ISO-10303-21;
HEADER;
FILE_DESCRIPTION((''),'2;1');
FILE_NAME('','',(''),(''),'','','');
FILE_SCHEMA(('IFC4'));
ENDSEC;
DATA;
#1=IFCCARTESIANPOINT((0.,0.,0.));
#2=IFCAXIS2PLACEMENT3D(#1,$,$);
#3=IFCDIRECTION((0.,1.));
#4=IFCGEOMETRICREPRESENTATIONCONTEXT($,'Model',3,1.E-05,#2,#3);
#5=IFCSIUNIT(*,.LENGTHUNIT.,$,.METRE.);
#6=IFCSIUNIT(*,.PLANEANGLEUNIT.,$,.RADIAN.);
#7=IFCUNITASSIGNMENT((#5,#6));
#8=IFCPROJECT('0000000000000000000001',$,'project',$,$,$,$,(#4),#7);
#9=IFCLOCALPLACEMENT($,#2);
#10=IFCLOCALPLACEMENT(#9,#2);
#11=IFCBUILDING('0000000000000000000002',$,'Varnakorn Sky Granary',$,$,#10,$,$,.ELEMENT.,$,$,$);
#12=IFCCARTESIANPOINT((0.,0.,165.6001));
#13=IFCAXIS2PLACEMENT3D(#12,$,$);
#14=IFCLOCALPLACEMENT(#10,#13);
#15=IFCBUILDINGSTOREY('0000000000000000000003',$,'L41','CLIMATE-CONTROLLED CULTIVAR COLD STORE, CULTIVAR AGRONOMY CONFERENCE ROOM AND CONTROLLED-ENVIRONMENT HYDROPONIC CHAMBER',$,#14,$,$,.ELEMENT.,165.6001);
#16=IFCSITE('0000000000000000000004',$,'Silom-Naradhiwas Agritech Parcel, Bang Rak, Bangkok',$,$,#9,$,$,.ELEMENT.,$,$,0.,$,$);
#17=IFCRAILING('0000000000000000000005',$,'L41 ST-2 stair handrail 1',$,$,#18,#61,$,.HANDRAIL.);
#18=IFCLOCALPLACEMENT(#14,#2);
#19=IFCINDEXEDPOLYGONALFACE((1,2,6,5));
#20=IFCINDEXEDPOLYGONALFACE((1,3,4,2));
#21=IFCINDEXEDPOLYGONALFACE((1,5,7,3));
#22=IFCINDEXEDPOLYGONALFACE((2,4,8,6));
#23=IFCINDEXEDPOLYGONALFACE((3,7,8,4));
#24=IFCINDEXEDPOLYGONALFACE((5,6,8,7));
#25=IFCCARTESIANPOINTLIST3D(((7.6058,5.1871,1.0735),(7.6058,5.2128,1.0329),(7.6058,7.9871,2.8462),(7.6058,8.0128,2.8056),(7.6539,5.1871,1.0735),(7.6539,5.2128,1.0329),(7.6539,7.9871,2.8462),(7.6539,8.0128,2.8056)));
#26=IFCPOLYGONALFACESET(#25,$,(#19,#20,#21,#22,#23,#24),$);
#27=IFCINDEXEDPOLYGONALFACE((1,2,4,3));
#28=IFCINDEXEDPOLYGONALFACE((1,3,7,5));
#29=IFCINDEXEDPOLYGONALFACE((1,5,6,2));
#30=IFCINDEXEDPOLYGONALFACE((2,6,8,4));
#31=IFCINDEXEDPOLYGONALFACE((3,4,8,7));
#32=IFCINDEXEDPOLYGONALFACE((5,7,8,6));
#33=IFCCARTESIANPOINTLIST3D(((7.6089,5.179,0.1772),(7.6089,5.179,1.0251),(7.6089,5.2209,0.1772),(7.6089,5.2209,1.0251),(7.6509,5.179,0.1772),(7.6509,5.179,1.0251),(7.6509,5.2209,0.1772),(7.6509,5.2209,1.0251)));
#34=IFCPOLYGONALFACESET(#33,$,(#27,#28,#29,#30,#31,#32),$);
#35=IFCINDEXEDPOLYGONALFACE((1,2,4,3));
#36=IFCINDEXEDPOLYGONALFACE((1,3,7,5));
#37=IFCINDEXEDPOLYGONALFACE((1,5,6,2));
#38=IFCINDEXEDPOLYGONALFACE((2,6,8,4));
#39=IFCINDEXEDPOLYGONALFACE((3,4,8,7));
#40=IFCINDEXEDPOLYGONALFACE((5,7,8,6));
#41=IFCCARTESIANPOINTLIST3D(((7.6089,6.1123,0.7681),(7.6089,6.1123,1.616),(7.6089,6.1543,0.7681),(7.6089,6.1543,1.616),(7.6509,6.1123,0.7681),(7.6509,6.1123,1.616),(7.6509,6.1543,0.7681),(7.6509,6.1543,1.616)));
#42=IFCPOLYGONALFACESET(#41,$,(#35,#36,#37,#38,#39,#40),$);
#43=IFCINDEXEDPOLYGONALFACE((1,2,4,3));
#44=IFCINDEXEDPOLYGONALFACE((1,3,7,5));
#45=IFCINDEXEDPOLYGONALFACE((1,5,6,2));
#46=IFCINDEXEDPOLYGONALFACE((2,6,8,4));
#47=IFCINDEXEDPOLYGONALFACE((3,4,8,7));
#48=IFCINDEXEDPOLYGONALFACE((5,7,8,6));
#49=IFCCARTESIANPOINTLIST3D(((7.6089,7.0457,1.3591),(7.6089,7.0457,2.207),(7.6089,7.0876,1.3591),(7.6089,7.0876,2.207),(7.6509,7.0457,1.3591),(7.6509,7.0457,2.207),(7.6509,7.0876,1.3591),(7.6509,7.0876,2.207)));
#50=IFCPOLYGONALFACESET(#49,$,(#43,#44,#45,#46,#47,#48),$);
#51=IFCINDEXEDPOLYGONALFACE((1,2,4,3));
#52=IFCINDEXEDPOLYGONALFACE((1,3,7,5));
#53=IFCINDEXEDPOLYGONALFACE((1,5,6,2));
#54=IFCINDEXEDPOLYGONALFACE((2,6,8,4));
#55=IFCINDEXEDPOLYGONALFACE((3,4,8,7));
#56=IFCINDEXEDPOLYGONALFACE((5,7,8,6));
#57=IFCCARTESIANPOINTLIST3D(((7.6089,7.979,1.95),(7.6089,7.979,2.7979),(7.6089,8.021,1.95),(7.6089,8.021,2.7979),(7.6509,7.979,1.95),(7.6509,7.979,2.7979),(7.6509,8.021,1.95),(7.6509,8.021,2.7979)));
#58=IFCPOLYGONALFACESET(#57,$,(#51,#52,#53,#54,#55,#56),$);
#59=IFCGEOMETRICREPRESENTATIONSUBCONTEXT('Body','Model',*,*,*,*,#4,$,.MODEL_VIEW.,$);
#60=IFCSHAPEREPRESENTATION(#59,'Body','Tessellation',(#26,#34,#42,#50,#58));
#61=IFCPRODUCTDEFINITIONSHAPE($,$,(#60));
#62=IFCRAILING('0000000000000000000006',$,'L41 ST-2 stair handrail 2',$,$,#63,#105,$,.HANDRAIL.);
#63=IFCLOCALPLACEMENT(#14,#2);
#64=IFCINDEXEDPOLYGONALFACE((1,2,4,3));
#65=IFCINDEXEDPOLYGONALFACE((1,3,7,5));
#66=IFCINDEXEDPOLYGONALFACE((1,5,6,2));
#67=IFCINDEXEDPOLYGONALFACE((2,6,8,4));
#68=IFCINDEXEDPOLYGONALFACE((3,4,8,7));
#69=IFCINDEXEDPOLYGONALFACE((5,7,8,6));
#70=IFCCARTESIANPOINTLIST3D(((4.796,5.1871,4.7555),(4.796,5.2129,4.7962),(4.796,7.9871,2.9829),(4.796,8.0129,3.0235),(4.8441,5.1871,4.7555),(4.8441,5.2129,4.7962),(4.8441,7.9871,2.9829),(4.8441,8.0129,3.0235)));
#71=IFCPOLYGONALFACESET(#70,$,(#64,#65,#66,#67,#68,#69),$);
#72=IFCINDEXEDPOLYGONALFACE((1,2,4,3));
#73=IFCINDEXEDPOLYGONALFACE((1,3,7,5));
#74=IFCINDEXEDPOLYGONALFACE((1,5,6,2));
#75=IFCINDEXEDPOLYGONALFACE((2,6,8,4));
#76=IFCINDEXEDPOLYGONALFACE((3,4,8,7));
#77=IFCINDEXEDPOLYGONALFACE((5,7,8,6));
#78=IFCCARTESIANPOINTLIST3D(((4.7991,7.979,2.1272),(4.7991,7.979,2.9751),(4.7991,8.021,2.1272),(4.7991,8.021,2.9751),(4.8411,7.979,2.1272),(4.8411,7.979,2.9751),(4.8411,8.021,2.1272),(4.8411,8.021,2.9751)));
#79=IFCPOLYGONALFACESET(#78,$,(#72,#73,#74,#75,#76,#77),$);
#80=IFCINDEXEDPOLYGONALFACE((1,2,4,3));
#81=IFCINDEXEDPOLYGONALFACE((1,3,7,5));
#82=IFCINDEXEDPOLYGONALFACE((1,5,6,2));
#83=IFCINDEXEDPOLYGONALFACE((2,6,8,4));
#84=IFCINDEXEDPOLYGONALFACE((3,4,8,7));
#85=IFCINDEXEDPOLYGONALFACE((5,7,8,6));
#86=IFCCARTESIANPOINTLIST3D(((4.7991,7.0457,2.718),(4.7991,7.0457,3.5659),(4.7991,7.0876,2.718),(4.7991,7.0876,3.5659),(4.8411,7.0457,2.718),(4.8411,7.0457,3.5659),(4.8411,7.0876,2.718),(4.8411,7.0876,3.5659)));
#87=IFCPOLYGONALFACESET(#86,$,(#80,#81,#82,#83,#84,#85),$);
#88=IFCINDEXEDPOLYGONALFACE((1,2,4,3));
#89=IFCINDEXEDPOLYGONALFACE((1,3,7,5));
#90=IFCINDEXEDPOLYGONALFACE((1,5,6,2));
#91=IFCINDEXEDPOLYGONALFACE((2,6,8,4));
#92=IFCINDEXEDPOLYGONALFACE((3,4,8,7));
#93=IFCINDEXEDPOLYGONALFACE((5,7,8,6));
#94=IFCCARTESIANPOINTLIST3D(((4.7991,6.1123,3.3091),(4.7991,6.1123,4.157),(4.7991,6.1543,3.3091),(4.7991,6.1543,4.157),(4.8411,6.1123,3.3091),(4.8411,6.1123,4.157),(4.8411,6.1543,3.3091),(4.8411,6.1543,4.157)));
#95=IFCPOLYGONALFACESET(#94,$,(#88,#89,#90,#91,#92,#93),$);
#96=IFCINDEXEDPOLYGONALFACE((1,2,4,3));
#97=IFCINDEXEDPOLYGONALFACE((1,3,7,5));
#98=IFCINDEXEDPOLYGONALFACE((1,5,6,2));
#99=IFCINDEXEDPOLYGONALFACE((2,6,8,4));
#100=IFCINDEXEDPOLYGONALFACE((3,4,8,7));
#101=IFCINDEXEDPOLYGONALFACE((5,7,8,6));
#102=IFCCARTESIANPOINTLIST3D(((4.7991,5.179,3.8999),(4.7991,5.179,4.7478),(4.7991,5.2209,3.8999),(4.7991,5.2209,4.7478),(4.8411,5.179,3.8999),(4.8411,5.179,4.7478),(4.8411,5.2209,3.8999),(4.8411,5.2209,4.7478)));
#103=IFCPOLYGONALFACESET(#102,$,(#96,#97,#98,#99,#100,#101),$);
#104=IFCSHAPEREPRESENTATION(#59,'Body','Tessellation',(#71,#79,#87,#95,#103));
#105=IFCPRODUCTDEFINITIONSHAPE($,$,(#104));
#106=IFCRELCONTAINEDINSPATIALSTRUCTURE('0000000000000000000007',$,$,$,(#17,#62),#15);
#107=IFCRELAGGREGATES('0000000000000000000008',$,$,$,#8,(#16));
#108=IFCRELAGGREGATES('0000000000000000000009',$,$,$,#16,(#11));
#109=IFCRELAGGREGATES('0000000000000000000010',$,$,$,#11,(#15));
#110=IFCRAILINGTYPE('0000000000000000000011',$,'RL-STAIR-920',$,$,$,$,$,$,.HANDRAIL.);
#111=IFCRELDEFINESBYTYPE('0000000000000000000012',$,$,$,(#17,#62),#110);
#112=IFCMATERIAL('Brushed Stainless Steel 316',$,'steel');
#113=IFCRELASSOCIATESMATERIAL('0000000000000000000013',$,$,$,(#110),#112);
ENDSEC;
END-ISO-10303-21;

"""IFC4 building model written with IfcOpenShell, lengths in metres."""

from ifc_helpers import new_model, si_unit, direction, frame, origin, origin_2d, place, context, subcontext, project, spatial, rectangle, extrude, material, type_object, element, save


model = new_model("IFC4")

# Units and contexts
model_context = context("Model", 3, precision=1e-05, world=origin(), true_north=direction((0.0, 1.0)))
body_context = subcontext(model_context, "Body", "Model", "MODEL_VIEW")
ifc_project = project(units=[si_unit("LENGTHUNIT", "METRE"), si_unit("PLANEANGLEUNIT", "RADIAN")], contexts=[model_context])

# Site, building, storey
site_placement = place(None, origin())
site = spatial("IfcSite", under=ifc_project, at=site_placement, Name="Silom-Naradhiwas Agritech Parcel, Bang Rak, Bangkok", CompositionType="ELEMENT", RefElevation=0.0)
building_placement = place(site_placement, origin())
building = spatial("IfcBuilding", under=site, at=building_placement, Name="Varnakorn Sky Granary", CompositionType="ELEMENT")
storey_placement = place(building_placement, frame((0.0, 0.0, 165.6001)))
storey = spatial("IfcBuildingStorey", under=building, at=storey_placement, Name="L41", Description="CLIMATE-CONTROLLED CULTIVAR COLD STORE, CULTIVAR AGRONOMY CONFERENCE ROOM AND CONTROLLED-ENVIRONMENT HYDROPONIC CHAMBER", CompositionType="ELEMENT", Elevation=165.6001)

# Railings
ifc_material_1 = material(Name="Brushed Stainless Steel 316", Category="steel")
railing_type_1 = type_object("IfcRailingType", Name="RL-STAIR-920", PredefinedType="HANDRAIL", material=ifc_material_1)
for number, where, name in (
    (1, (7.6299, 5.2, 0.1772), "L41 ST-2 stair handrail 1"),
):
    element("IfcRailing", number, at=place(storey_placement, frame(where)), inside=storey, type_object=railing_type_1, Name=name, PredefinedType="HANDRAIL", context=body_context, shape_type="SweptSolid", body=[
        extrude(rectangle(XDim=0.0481, YDim=0.0481, at=origin_2d()), frame((0.0, 0.0, 0.876), z_axis=(0.0, 0.844909, 0.53491), x_axis=(-1.0, 0.0, 0.0)), (0.0, 0.0, 1.0), 3.314),
        extrude(rectangle(XDim=0.042, YDim=0.042, at=origin_2d()), origin(), (0.0, 0.0, 1.0), 0.8479),
        extrude(rectangle(XDim=0.042, YDim=0.042, at=origin_2d()), frame((0.0, 0.9333, 0.5908)), (0.0, 0.0, 1.0), 0.8479),
        extrude(rectangle(XDim=0.042, YDim=0.042, at=origin_2d()), frame((0.0, 1.8667, 1.1819)), (0.0, 0.0, 1.0), 0.8479),
        extrude(rectangle(XDim=0.042, YDim=0.042, at=origin_2d()), frame((0.0, 2.8, 1.7727)), (0.0, 0.0, 1.0), 0.8479),
    ])
railing_1_placement = place(storey_placement, frame((4.8201, 8.0, 2.1272)))
element("IfcRailing", 2, at=railing_1_placement, inside=storey, type_object=railing_type_1, Name="L41 ST-2 stair handrail 2", PredefinedType="HANDRAIL", context=body_context, shape_type="SweptSolid", body=[
    extrude(rectangle(XDim=0.0481, YDim=0.0481, at=origin_2d()), frame((0.0, 0.0, 0.876), z_axis=(0.0, -0.844909, 0.53491), x_axis=(1.0, 0.0, 0.0)), (0.0, 0.0, 1.0), 3.314),
    extrude(rectangle(XDim=0.042, YDim=0.042, at=origin_2d()), origin(), (0.0, 0.0, 1.0), 0.8479),
    extrude(rectangle(XDim=0.042, YDim=0.042, at=origin_2d()), frame((0.0, -0.9333, 0.5908)), (0.0, 0.0, 1.0), 0.8479),
    extrude(rectangle(XDim=0.042, YDim=0.042, at=origin_2d()), frame((0.0, -1.8667, 1.1819)), (0.0, 0.0, 1.0), 0.8479),
    extrude(rectangle(XDim=0.042, YDim=0.042, at=origin_2d()), frame((0.0, -2.8, 1.7727)), (0.0, 0.0, 1.0), 0.8479),
])

save(model, "model.ifc")
